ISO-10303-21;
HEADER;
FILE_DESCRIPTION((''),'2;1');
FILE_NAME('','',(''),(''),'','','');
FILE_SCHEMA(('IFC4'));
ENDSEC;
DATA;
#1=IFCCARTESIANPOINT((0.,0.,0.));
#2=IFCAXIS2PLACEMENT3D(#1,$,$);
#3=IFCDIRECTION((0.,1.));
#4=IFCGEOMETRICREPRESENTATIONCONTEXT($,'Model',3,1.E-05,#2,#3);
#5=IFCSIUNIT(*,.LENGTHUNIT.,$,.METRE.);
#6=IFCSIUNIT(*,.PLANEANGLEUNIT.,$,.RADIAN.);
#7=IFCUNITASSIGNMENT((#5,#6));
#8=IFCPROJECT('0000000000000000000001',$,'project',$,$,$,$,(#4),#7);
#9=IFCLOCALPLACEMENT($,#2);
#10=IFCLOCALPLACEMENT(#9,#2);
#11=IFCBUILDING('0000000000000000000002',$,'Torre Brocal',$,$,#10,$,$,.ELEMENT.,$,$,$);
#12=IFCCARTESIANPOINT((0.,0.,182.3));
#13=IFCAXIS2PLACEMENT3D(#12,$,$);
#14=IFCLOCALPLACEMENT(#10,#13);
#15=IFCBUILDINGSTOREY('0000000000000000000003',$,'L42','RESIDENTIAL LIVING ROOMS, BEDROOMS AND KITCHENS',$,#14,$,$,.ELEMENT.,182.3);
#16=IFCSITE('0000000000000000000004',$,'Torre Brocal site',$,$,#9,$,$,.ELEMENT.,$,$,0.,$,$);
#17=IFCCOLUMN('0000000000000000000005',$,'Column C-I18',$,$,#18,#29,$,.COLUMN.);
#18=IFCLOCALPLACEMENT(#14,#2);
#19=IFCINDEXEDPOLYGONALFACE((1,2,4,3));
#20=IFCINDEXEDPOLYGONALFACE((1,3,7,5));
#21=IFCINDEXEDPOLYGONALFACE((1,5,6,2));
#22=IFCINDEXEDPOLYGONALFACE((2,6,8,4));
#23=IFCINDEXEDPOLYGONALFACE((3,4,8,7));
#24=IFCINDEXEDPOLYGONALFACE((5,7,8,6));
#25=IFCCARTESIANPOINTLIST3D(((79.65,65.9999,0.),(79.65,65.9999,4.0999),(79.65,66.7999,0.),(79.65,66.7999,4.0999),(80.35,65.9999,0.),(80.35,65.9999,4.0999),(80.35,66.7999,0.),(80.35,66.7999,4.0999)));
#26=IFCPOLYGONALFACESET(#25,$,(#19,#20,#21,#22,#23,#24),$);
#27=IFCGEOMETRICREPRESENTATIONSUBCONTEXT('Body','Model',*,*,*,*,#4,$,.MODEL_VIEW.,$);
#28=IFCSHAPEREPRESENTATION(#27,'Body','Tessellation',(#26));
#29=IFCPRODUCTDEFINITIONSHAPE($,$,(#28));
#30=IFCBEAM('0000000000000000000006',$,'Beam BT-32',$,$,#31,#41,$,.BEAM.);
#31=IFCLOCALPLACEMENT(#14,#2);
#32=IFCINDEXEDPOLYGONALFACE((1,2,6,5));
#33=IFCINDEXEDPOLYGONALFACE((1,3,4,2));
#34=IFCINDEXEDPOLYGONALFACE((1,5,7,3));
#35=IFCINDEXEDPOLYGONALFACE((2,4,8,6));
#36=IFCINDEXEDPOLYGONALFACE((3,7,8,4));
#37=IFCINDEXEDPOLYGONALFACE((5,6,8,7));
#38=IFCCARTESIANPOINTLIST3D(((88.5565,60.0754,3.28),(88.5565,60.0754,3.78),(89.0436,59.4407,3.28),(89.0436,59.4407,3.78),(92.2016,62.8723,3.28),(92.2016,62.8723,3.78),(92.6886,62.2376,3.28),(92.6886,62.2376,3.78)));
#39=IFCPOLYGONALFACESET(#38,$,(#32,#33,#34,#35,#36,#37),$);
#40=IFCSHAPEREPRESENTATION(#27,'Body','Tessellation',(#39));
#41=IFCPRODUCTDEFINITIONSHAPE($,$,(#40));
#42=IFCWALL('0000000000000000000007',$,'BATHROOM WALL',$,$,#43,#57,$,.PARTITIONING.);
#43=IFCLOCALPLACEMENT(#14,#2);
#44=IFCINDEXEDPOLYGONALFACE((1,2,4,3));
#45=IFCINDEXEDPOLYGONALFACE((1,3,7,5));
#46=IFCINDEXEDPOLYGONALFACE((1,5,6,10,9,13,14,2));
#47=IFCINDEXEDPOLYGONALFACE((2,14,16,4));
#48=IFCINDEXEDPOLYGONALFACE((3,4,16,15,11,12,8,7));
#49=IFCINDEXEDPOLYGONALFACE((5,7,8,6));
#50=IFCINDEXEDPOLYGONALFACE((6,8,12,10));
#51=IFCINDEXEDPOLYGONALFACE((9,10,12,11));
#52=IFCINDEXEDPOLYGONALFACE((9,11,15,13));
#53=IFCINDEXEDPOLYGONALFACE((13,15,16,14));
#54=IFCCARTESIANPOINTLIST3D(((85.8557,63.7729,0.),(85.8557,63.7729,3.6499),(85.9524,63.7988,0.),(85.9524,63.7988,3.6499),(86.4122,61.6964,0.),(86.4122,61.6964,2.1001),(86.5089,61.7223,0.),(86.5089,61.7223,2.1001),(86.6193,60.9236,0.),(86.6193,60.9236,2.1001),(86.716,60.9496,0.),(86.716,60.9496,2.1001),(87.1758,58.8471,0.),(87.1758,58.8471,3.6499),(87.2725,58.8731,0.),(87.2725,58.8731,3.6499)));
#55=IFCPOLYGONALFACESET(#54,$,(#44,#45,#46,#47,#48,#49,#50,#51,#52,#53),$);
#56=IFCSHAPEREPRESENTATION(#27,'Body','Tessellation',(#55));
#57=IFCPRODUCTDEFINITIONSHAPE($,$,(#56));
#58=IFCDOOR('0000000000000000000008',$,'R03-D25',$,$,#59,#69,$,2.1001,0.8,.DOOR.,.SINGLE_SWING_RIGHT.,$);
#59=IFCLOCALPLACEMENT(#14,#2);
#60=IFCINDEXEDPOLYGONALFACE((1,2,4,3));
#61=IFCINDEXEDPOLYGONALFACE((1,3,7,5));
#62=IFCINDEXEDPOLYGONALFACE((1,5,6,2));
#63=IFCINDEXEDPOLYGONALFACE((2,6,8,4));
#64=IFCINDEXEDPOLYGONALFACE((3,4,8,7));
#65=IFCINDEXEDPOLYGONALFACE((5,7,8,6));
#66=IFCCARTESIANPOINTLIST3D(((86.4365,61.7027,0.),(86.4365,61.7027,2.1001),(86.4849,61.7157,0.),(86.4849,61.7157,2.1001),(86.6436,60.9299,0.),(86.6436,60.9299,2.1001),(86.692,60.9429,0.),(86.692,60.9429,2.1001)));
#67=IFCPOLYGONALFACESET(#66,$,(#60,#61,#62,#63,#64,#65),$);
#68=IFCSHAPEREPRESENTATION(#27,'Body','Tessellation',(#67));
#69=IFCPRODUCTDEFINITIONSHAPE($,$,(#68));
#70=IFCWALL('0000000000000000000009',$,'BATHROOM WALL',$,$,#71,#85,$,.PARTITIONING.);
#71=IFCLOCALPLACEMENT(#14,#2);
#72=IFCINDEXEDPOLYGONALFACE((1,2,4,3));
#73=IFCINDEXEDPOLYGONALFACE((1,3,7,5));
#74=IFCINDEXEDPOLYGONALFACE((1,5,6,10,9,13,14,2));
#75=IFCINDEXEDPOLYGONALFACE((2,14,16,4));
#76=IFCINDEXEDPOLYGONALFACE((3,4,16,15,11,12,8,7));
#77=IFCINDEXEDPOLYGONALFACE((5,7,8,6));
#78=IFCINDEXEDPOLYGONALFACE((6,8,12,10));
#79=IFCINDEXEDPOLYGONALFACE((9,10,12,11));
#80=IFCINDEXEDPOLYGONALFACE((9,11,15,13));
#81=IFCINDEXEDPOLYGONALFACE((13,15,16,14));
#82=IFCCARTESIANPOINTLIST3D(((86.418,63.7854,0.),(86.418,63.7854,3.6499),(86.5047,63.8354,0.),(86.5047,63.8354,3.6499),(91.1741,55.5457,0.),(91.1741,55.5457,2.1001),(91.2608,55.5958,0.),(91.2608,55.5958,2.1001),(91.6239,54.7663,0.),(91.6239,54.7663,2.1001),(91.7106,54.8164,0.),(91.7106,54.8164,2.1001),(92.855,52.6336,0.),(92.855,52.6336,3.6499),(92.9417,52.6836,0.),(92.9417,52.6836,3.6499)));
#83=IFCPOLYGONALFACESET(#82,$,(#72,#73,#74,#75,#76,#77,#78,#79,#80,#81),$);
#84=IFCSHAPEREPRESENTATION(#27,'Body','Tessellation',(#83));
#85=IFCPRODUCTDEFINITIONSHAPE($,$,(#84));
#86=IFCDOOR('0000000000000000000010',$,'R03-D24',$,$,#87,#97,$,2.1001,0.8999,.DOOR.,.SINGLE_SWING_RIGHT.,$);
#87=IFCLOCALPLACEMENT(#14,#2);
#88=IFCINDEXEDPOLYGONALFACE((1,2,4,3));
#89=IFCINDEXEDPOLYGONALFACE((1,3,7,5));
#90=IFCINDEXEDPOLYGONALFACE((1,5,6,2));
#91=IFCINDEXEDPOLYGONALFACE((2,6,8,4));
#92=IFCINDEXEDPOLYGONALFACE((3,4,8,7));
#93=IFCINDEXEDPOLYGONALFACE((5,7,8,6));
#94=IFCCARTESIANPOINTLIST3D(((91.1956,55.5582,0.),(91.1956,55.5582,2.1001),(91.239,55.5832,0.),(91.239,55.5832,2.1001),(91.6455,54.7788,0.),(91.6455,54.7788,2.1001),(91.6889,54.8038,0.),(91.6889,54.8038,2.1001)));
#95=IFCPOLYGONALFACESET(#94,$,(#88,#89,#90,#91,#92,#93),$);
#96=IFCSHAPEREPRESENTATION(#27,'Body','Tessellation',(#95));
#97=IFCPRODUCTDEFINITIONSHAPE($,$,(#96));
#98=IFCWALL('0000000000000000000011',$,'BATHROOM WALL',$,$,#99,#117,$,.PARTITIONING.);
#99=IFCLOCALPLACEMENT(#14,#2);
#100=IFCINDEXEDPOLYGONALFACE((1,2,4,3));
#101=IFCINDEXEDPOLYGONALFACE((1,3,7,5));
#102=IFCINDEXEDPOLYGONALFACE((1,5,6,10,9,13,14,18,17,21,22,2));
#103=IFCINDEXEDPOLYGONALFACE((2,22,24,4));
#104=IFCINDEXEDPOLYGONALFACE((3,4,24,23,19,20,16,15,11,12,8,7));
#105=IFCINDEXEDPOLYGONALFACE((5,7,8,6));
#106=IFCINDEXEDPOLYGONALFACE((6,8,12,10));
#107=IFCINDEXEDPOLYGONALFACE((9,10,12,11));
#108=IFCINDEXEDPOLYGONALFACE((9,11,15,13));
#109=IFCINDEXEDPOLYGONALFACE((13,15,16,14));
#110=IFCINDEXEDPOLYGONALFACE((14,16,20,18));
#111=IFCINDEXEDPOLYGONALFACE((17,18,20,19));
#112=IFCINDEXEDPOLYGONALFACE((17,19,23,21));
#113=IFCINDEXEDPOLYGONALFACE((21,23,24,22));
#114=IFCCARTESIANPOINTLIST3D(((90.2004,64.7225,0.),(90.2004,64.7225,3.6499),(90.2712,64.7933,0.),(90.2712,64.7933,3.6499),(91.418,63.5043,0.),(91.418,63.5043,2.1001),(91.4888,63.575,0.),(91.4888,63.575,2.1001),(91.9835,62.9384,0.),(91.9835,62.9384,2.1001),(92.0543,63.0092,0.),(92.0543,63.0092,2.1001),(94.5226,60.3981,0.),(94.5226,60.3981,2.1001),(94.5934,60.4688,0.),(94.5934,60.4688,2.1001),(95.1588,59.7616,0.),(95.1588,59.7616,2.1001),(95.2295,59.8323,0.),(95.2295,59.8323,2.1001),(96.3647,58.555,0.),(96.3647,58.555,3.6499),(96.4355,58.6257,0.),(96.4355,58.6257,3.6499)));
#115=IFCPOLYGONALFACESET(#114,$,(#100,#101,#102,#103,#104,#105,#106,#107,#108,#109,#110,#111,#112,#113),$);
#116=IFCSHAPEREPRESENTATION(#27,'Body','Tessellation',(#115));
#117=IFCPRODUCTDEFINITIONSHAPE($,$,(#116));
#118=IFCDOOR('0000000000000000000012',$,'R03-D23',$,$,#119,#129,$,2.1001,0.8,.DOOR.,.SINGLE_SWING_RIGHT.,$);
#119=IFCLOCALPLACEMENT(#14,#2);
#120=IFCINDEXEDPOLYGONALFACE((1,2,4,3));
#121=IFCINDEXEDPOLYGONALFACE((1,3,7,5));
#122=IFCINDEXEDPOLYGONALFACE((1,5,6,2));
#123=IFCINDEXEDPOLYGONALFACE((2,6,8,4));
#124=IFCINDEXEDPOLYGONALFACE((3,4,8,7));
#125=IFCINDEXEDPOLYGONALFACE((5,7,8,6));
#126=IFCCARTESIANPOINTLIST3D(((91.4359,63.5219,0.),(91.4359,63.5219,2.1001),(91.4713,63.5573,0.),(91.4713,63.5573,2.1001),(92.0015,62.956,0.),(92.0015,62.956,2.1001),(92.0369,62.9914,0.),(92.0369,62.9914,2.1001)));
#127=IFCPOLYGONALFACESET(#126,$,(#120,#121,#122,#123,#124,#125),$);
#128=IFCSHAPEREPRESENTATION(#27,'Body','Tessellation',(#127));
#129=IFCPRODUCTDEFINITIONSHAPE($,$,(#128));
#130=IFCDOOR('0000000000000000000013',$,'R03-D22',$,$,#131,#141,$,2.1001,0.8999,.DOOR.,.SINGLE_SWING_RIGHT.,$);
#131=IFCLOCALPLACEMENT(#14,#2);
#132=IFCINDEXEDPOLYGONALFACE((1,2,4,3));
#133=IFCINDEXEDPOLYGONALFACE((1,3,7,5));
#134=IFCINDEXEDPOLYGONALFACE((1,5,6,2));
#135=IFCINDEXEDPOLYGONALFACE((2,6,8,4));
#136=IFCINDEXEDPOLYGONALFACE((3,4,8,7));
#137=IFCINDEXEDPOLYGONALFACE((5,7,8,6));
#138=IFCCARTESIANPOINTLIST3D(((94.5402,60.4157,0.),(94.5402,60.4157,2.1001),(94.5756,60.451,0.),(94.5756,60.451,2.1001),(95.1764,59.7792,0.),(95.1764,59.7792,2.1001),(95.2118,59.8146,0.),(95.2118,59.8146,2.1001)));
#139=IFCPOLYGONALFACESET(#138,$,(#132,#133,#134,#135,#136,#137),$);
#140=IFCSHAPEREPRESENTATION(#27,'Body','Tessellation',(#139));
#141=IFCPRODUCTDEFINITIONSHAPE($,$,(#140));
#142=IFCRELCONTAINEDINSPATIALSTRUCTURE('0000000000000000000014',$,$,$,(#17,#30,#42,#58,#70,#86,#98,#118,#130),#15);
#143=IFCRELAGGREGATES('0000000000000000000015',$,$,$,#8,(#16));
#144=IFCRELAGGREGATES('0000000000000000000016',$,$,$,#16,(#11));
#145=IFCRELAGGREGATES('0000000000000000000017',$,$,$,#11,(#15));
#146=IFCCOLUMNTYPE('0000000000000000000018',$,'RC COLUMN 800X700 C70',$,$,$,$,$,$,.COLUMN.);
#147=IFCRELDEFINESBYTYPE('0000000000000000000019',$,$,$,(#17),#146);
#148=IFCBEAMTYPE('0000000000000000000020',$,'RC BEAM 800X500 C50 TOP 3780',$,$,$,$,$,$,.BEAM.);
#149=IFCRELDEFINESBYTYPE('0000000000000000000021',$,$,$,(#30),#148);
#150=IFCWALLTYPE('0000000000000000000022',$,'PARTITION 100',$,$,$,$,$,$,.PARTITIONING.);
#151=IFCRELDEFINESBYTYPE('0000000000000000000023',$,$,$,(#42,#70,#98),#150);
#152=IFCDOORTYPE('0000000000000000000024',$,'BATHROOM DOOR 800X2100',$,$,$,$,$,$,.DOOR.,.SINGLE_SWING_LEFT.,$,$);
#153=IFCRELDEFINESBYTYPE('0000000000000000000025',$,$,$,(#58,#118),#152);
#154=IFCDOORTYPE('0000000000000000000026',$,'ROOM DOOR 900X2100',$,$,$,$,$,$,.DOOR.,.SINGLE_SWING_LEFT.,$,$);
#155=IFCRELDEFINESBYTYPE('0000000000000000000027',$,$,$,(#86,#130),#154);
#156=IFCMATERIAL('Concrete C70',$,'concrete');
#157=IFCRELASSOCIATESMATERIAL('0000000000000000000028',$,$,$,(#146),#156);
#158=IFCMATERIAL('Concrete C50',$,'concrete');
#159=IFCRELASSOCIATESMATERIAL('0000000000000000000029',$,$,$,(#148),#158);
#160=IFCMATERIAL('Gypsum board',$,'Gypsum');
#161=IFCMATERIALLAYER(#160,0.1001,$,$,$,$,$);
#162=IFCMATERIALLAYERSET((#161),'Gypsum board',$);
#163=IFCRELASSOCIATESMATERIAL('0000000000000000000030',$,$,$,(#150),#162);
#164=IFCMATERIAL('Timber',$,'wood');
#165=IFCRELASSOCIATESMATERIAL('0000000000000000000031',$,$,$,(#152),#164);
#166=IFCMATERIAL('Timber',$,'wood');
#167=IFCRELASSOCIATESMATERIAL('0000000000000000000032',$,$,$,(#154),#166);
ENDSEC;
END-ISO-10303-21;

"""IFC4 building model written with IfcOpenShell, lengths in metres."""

from ifc_helpers import new_model, si_unit, direction, frame, frame_2d, origin, origin_2d, place, context, subcontext, project, spatial, rectangle, extrude, material, layer, layer_set, material_profile, profile_set, type_object, element, fill, save


model = new_model("IFC4")

# Units and contexts
model_context = context("Model", 3, precision=1e-05, world=origin(), true_north=direction((0.0, 1.0)))
body_context = subcontext(model_context, "Body", "Model", "MODEL_VIEW")
ifc_project = project(units=[si_unit("LENGTHUNIT", "METRE"), si_unit("PLANEANGLEUNIT", "RADIAN")], contexts=[model_context])

# Site, building, storey
site_placement = place(None, origin())
site = spatial("IfcSite", under=ifc_project, at=site_placement, Name="Torre Brocal site", CompositionType="ELEMENT", RefElevation=0.0)
building_placement = place(site_placement, origin())
building = spatial("IfcBuilding", under=site, at=building_placement, Name="Torre Brocal", CompositionType="ELEMENT")
storey_placement = place(building_placement, frame((0.0, 0.0, 182.3)))
storey = spatial("IfcBuildingStorey", under=building, at=storey_placement, Name="L42", Description="RESIDENTIAL LIVING ROOMS, BEDROOMS AND KITCHENS", CompositionType="ELEMENT", Elevation=182.3)

# Column
ifc_material_1 = material(Name="Concrete C70", Category="concrete")
ifc_material_profile_1 = material_profile(ifc_material_1, rectangle(XDim=0.8, YDim=0.7, at=origin_2d()), Name="RC 800X700")
ifc_profile_set_1 = profile_set([ifc_material_profile_1], Name="Concrete C70")
column_type = type_object("IfcColumnType", Name="RC COLUMN 800X700 C70", PredefinedType="COLUMN", material=ifc_profile_set_1)
column_placement = place(storey_placement, frame((80.0, 66.3999, 0.0), z_axis=(0.0, 0.0, 1.0), x_axis=(0.0, -1.0, 0.0)))
element("IfcColumn", 1, at=column_placement, inside=storey, type_object=column_type, Name="Column C-I18", PredefinedType="COLUMN", context=body_context, shape_type="SweptSolid", body=[
    extrude(rectangle(XDim=0.8, YDim=0.7, at=origin_2d()), origin(), (0.0, 0.0, 1.0), 4.0999),
])

# Beam
ifc_material_2 = material(Name="Concrete C50", Category="concrete")
ifc_material_profile_2 = material_profile(ifc_material_2, rectangle(XDim=0.8, YDim=0.5, at=origin_2d()), Name="RC 800X500")
ifc_profile_set_2 = profile_set([ifc_material_profile_2], Name="Concrete C50")
beam_type = type_object("IfcBeamType", Name="RC BEAM 800X500 C50 TOP 3780", PredefinedType="BEAM", material=ifc_profile_set_2)
beam_placement = place(storey_placement, frame((88.8, 59.7581, 3.53), z_axis=(0.793358, 0.608755, 0.0), x_axis=(-0.608755, 0.793358, 0.0)))
element("IfcBeam", 2, at=beam_placement, inside=storey, type_object=beam_type, Name="Beam BT-32", PredefinedType="BEAM", context=body_context, shape_type="SweptSolid", body=[
    extrude(rectangle(XDim=0.8, YDim=0.5, at=origin_2d()), origin(), (0.0, 0.0, 1.0), 4.5945),
])

# Walls, openings, doors
ifc_material_3 = material(Name="Gypsum board", Category="Gypsum")
ifc_layer_1 = layer(ifc_material_3, 0.1001)
ifc_layer_set_1 = layer_set([ifc_layer_1], Name="Gypsum board")
wall_type_1 = type_object("IfcWallType", Name="PARTITION 100", PredefinedType="PARTITIONING", material=ifc_layer_set_1)
wall_1_placement = place(storey_placement, frame((85.9041, 63.7859, 0.0), z_axis=(0.0, 0.0, 1.0), x_axis=(0.258857, -0.965916, 0.0)))
wall_1 = element("IfcWall", 3, at=wall_1_placement, inside=storey, type_object=wall_type_1, Name="BATHROOM WALL", PredefinedType="PARTITIONING", context=body_context, shape_type="SweptSolid", body=[
    extrude(rectangle(XDim=5.0996, YDim=0.1001, at=frame_2d((2.5498, 0.0))), origin(), (0.0, 0.0, 1.0), 3.6499),
])
opening_1_placement = place(wall_1_placement, frame((2.1499, 0.0, 0.0)))
opening_1 = element("IfcOpeningElement", 4, at=opening_1_placement, cuts=wall_1, PredefinedType="OPENING", context=body_context, shape_type="SweptSolid", body=[
    extrude(rectangle(XDim=0.8, YDim=2.1001, at=frame_2d((0.3999, 1.05))), frame((0.0, 0.0601, 0.0), z_axis=(0.0, -1.0, 0.0), x_axis=(1.0, 0.0, 0.0)), (0.0, 0.0, 1.0), 0.1201),
])
ifc_material_4 = material(Name="Timber", Category="wood")
door_type_1 = type_object("IfcDoorType", Name="BATHROOM DOOR 800X2100", OperationType="SINGLE_SWING_LEFT", PredefinedType="DOOR", material=ifc_material_4)
door_1_placement = place(opening_1_placement, frame((0.8, 0.0, 0.0), z_axis=(0.0, 0.0, 1.0), x_axis=(-1.0, 0.0, 0.0)))
door_1 = element("IfcDoor", 5, at=door_1_placement, inside=storey, type_object=door_type_1, Name="R03-D25", OperationType="SINGLE_SWING_RIGHT", OverallHeight=2.1001, OverallWidth=0.8, PredefinedType="DOOR", context=body_context, shape_type="SweptSolid", body=[
    extrude(rectangle(XDim=0.8, YDim=2.1001, at=frame_2d((0.3999, 1.05))), frame((0.0, 0.0249, 0.0), z_axis=(0.0, -1.0, 0.0), x_axis=(1.0, 0.0, 0.0)), (0.0, 0.0, 1.0), 0.05),
])
fill(opening_1, door_1)
wall_2_placement = place(storey_placement, frame((86.4614, 63.8103, 0.0), z_axis=(0.0, 0.0, 1.0), x_axis=(0.499912, -0.866076, 0.0)))
wall_2 = element("IfcWall", 6, at=wall_2_placement, inside=storey, type_object=wall_type_1, Name="BATHROOM WALL", PredefinedType="PARTITIONING", context=body_context, shape_type="SweptSolid", body=[
    extrude(rectangle(XDim=12.8762, YDim=0.1001, at=frame_2d((6.438, 0.0))), origin(), (0.0, 0.0, 1.0), 3.6499),
])
opening_2_placement = place(wall_2_placement, frame((9.5137, 0.0, 0.0)))
opening_2 = element("IfcOpeningElement", 7, at=opening_2_placement, cuts=wall_2, PredefinedType="OPENING", context=body_context, shape_type="SweptSolid", body=[
    extrude(rectangle(XDim=0.8999, YDim=2.1001, at=frame_2d((0.45, 1.05))), frame((0.0, 0.0601, 0.0), z_axis=(0.0, -1.0, 0.0), x_axis=(1.0, 0.0, 0.0)), (0.0, 0.0, 1.0), 0.1201),
])
ifc_material_5 = material(Name="Timber", Category="wood")
door_type_2 = type_object("IfcDoorType", Name="ROOM DOOR 900X2100", OperationType="SINGLE_SWING_LEFT", PredefinedType="DOOR", material=ifc_material_5)
door_2_placement = place(opening_2_placement, origin())
door_2 = element("IfcDoor", 8, at=door_2_placement, inside=storey, type_object=door_type_2, Name="R03-D24", OperationType="SINGLE_SWING_RIGHT", OverallHeight=2.1001, OverallWidth=0.8999, PredefinedType="DOOR", context=body_context, shape_type="SweptSolid", body=[
    extrude(rectangle(XDim=0.8999, YDim=2.1001, at=frame_2d((0.45, 1.05))), frame((0.0, 0.0249, 0.0), z_axis=(0.0, -1.0, 0.0), x_axis=(1.0, 0.0, 0.0)), (0.0, 0.0, 1.0), 0.05),
])
fill(opening_2, door_2)

# Wall, openings, doors
wall_3_placement = place(storey_placement, frame((90.2358, 64.7578, 0.0), z_axis=(0.0, 0.0, 1.0), x_axis=(0.706925, -0.707289, 0.0)))
wall_3 = element("IfcWall", 9, at=wall_3_placement, inside=storey, type_object=wall_type_1, Name="BATHROOM WALL", PredefinedType="PARTITIONING", context=body_context, shape_type="SweptSolid", body=[
    extrude(rectangle(XDim=8.72, YDim=0.1001, at=frame_2d((4.3599, 0.0))), origin(), (0.0, 0.0, 1.0), 3.6499),
])
opening_3_placement = place(wall_3_placement, frame((6.114, 0.0, 0.0)))
opening_3 = element("IfcOpeningElement", 10, at=opening_3_placement, cuts=wall_3, PredefinedType="OPENING", context=body_context, shape_type="SweptSolid", body=[
    extrude(rectangle(XDim=0.8999, YDim=2.1001, at=frame_2d((0.45, 1.05))), frame((0.0, 0.0601, 0.0), z_axis=(0.0, -1.0, 0.0), x_axis=(1.0, 0.0, 0.0)), (0.0, 0.0, 1.0), 0.1201),
])
opening_4_placement = place(wall_3_placement, frame((1.7224, 0.0, 0.0)))
opening_4 = element("IfcOpeningElement", 11, at=opening_4_placement, cuts=wall_3, PredefinedType="OPENING", context=body_context, shape_type="SweptSolid", body=[
    extrude(rectangle(XDim=0.8, YDim=2.1001, at=frame_2d((0.3999, 1.05))), frame((0.0, 0.0601, 0.0), z_axis=(0.0, -1.0, 0.0), x_axis=(1.0, 0.0, 0.0)), (0.0, 0.0, 1.0), 0.1201),
])
door_3_placement = place(opening_4_placement, frame((0.8, 0.0, 0.0), z_axis=(0.0, 0.0, 1.0), x_axis=(-1.0, 0.0, 0.0)))
door_3 = element("IfcDoor", 12, at=door_3_placement, inside=storey, type_object=door_type_1, Name="R03-D23", OperationType="SINGLE_SWING_RIGHT", OverallHeight=2.1001, OverallWidth=0.8, PredefinedType="DOOR", context=body_context, shape_type="SweptSolid", body=[
    extrude(rectangle(XDim=0.8, YDim=2.1001, at=frame_2d((0.3999, 1.05))), frame((0.0, 0.0249, 0.0), z_axis=(0.0, -1.0, 0.0), x_axis=(1.0, 0.0, 0.0)), (0.0, 0.0, 1.0), 0.05),
])
fill(opening_4, door_3)
door_4_placement = place(opening_3_placement, origin())
door_4 = element("IfcDoor", 13, at=door_4_placement, inside=storey, type_object=door_type_2, Name="R03-D22", OperationType="SINGLE_SWING_RIGHT", OverallHeight=2.1001, OverallWidth=0.8999, PredefinedType="DOOR", context=body_context, shape_type="SweptSolid", body=[
    extrude(rectangle(XDim=0.8999, YDim=2.1001, at=frame_2d((0.45, 1.05))), frame((0.0, 0.0249, 0.0), z_axis=(0.0, -1.0, 0.0), x_axis=(1.0, 0.0, 0.0)), (0.0, 0.0, 1.0), 0.05),
])
fill(opening_3, door_4)

save(model, "model.ifc")
